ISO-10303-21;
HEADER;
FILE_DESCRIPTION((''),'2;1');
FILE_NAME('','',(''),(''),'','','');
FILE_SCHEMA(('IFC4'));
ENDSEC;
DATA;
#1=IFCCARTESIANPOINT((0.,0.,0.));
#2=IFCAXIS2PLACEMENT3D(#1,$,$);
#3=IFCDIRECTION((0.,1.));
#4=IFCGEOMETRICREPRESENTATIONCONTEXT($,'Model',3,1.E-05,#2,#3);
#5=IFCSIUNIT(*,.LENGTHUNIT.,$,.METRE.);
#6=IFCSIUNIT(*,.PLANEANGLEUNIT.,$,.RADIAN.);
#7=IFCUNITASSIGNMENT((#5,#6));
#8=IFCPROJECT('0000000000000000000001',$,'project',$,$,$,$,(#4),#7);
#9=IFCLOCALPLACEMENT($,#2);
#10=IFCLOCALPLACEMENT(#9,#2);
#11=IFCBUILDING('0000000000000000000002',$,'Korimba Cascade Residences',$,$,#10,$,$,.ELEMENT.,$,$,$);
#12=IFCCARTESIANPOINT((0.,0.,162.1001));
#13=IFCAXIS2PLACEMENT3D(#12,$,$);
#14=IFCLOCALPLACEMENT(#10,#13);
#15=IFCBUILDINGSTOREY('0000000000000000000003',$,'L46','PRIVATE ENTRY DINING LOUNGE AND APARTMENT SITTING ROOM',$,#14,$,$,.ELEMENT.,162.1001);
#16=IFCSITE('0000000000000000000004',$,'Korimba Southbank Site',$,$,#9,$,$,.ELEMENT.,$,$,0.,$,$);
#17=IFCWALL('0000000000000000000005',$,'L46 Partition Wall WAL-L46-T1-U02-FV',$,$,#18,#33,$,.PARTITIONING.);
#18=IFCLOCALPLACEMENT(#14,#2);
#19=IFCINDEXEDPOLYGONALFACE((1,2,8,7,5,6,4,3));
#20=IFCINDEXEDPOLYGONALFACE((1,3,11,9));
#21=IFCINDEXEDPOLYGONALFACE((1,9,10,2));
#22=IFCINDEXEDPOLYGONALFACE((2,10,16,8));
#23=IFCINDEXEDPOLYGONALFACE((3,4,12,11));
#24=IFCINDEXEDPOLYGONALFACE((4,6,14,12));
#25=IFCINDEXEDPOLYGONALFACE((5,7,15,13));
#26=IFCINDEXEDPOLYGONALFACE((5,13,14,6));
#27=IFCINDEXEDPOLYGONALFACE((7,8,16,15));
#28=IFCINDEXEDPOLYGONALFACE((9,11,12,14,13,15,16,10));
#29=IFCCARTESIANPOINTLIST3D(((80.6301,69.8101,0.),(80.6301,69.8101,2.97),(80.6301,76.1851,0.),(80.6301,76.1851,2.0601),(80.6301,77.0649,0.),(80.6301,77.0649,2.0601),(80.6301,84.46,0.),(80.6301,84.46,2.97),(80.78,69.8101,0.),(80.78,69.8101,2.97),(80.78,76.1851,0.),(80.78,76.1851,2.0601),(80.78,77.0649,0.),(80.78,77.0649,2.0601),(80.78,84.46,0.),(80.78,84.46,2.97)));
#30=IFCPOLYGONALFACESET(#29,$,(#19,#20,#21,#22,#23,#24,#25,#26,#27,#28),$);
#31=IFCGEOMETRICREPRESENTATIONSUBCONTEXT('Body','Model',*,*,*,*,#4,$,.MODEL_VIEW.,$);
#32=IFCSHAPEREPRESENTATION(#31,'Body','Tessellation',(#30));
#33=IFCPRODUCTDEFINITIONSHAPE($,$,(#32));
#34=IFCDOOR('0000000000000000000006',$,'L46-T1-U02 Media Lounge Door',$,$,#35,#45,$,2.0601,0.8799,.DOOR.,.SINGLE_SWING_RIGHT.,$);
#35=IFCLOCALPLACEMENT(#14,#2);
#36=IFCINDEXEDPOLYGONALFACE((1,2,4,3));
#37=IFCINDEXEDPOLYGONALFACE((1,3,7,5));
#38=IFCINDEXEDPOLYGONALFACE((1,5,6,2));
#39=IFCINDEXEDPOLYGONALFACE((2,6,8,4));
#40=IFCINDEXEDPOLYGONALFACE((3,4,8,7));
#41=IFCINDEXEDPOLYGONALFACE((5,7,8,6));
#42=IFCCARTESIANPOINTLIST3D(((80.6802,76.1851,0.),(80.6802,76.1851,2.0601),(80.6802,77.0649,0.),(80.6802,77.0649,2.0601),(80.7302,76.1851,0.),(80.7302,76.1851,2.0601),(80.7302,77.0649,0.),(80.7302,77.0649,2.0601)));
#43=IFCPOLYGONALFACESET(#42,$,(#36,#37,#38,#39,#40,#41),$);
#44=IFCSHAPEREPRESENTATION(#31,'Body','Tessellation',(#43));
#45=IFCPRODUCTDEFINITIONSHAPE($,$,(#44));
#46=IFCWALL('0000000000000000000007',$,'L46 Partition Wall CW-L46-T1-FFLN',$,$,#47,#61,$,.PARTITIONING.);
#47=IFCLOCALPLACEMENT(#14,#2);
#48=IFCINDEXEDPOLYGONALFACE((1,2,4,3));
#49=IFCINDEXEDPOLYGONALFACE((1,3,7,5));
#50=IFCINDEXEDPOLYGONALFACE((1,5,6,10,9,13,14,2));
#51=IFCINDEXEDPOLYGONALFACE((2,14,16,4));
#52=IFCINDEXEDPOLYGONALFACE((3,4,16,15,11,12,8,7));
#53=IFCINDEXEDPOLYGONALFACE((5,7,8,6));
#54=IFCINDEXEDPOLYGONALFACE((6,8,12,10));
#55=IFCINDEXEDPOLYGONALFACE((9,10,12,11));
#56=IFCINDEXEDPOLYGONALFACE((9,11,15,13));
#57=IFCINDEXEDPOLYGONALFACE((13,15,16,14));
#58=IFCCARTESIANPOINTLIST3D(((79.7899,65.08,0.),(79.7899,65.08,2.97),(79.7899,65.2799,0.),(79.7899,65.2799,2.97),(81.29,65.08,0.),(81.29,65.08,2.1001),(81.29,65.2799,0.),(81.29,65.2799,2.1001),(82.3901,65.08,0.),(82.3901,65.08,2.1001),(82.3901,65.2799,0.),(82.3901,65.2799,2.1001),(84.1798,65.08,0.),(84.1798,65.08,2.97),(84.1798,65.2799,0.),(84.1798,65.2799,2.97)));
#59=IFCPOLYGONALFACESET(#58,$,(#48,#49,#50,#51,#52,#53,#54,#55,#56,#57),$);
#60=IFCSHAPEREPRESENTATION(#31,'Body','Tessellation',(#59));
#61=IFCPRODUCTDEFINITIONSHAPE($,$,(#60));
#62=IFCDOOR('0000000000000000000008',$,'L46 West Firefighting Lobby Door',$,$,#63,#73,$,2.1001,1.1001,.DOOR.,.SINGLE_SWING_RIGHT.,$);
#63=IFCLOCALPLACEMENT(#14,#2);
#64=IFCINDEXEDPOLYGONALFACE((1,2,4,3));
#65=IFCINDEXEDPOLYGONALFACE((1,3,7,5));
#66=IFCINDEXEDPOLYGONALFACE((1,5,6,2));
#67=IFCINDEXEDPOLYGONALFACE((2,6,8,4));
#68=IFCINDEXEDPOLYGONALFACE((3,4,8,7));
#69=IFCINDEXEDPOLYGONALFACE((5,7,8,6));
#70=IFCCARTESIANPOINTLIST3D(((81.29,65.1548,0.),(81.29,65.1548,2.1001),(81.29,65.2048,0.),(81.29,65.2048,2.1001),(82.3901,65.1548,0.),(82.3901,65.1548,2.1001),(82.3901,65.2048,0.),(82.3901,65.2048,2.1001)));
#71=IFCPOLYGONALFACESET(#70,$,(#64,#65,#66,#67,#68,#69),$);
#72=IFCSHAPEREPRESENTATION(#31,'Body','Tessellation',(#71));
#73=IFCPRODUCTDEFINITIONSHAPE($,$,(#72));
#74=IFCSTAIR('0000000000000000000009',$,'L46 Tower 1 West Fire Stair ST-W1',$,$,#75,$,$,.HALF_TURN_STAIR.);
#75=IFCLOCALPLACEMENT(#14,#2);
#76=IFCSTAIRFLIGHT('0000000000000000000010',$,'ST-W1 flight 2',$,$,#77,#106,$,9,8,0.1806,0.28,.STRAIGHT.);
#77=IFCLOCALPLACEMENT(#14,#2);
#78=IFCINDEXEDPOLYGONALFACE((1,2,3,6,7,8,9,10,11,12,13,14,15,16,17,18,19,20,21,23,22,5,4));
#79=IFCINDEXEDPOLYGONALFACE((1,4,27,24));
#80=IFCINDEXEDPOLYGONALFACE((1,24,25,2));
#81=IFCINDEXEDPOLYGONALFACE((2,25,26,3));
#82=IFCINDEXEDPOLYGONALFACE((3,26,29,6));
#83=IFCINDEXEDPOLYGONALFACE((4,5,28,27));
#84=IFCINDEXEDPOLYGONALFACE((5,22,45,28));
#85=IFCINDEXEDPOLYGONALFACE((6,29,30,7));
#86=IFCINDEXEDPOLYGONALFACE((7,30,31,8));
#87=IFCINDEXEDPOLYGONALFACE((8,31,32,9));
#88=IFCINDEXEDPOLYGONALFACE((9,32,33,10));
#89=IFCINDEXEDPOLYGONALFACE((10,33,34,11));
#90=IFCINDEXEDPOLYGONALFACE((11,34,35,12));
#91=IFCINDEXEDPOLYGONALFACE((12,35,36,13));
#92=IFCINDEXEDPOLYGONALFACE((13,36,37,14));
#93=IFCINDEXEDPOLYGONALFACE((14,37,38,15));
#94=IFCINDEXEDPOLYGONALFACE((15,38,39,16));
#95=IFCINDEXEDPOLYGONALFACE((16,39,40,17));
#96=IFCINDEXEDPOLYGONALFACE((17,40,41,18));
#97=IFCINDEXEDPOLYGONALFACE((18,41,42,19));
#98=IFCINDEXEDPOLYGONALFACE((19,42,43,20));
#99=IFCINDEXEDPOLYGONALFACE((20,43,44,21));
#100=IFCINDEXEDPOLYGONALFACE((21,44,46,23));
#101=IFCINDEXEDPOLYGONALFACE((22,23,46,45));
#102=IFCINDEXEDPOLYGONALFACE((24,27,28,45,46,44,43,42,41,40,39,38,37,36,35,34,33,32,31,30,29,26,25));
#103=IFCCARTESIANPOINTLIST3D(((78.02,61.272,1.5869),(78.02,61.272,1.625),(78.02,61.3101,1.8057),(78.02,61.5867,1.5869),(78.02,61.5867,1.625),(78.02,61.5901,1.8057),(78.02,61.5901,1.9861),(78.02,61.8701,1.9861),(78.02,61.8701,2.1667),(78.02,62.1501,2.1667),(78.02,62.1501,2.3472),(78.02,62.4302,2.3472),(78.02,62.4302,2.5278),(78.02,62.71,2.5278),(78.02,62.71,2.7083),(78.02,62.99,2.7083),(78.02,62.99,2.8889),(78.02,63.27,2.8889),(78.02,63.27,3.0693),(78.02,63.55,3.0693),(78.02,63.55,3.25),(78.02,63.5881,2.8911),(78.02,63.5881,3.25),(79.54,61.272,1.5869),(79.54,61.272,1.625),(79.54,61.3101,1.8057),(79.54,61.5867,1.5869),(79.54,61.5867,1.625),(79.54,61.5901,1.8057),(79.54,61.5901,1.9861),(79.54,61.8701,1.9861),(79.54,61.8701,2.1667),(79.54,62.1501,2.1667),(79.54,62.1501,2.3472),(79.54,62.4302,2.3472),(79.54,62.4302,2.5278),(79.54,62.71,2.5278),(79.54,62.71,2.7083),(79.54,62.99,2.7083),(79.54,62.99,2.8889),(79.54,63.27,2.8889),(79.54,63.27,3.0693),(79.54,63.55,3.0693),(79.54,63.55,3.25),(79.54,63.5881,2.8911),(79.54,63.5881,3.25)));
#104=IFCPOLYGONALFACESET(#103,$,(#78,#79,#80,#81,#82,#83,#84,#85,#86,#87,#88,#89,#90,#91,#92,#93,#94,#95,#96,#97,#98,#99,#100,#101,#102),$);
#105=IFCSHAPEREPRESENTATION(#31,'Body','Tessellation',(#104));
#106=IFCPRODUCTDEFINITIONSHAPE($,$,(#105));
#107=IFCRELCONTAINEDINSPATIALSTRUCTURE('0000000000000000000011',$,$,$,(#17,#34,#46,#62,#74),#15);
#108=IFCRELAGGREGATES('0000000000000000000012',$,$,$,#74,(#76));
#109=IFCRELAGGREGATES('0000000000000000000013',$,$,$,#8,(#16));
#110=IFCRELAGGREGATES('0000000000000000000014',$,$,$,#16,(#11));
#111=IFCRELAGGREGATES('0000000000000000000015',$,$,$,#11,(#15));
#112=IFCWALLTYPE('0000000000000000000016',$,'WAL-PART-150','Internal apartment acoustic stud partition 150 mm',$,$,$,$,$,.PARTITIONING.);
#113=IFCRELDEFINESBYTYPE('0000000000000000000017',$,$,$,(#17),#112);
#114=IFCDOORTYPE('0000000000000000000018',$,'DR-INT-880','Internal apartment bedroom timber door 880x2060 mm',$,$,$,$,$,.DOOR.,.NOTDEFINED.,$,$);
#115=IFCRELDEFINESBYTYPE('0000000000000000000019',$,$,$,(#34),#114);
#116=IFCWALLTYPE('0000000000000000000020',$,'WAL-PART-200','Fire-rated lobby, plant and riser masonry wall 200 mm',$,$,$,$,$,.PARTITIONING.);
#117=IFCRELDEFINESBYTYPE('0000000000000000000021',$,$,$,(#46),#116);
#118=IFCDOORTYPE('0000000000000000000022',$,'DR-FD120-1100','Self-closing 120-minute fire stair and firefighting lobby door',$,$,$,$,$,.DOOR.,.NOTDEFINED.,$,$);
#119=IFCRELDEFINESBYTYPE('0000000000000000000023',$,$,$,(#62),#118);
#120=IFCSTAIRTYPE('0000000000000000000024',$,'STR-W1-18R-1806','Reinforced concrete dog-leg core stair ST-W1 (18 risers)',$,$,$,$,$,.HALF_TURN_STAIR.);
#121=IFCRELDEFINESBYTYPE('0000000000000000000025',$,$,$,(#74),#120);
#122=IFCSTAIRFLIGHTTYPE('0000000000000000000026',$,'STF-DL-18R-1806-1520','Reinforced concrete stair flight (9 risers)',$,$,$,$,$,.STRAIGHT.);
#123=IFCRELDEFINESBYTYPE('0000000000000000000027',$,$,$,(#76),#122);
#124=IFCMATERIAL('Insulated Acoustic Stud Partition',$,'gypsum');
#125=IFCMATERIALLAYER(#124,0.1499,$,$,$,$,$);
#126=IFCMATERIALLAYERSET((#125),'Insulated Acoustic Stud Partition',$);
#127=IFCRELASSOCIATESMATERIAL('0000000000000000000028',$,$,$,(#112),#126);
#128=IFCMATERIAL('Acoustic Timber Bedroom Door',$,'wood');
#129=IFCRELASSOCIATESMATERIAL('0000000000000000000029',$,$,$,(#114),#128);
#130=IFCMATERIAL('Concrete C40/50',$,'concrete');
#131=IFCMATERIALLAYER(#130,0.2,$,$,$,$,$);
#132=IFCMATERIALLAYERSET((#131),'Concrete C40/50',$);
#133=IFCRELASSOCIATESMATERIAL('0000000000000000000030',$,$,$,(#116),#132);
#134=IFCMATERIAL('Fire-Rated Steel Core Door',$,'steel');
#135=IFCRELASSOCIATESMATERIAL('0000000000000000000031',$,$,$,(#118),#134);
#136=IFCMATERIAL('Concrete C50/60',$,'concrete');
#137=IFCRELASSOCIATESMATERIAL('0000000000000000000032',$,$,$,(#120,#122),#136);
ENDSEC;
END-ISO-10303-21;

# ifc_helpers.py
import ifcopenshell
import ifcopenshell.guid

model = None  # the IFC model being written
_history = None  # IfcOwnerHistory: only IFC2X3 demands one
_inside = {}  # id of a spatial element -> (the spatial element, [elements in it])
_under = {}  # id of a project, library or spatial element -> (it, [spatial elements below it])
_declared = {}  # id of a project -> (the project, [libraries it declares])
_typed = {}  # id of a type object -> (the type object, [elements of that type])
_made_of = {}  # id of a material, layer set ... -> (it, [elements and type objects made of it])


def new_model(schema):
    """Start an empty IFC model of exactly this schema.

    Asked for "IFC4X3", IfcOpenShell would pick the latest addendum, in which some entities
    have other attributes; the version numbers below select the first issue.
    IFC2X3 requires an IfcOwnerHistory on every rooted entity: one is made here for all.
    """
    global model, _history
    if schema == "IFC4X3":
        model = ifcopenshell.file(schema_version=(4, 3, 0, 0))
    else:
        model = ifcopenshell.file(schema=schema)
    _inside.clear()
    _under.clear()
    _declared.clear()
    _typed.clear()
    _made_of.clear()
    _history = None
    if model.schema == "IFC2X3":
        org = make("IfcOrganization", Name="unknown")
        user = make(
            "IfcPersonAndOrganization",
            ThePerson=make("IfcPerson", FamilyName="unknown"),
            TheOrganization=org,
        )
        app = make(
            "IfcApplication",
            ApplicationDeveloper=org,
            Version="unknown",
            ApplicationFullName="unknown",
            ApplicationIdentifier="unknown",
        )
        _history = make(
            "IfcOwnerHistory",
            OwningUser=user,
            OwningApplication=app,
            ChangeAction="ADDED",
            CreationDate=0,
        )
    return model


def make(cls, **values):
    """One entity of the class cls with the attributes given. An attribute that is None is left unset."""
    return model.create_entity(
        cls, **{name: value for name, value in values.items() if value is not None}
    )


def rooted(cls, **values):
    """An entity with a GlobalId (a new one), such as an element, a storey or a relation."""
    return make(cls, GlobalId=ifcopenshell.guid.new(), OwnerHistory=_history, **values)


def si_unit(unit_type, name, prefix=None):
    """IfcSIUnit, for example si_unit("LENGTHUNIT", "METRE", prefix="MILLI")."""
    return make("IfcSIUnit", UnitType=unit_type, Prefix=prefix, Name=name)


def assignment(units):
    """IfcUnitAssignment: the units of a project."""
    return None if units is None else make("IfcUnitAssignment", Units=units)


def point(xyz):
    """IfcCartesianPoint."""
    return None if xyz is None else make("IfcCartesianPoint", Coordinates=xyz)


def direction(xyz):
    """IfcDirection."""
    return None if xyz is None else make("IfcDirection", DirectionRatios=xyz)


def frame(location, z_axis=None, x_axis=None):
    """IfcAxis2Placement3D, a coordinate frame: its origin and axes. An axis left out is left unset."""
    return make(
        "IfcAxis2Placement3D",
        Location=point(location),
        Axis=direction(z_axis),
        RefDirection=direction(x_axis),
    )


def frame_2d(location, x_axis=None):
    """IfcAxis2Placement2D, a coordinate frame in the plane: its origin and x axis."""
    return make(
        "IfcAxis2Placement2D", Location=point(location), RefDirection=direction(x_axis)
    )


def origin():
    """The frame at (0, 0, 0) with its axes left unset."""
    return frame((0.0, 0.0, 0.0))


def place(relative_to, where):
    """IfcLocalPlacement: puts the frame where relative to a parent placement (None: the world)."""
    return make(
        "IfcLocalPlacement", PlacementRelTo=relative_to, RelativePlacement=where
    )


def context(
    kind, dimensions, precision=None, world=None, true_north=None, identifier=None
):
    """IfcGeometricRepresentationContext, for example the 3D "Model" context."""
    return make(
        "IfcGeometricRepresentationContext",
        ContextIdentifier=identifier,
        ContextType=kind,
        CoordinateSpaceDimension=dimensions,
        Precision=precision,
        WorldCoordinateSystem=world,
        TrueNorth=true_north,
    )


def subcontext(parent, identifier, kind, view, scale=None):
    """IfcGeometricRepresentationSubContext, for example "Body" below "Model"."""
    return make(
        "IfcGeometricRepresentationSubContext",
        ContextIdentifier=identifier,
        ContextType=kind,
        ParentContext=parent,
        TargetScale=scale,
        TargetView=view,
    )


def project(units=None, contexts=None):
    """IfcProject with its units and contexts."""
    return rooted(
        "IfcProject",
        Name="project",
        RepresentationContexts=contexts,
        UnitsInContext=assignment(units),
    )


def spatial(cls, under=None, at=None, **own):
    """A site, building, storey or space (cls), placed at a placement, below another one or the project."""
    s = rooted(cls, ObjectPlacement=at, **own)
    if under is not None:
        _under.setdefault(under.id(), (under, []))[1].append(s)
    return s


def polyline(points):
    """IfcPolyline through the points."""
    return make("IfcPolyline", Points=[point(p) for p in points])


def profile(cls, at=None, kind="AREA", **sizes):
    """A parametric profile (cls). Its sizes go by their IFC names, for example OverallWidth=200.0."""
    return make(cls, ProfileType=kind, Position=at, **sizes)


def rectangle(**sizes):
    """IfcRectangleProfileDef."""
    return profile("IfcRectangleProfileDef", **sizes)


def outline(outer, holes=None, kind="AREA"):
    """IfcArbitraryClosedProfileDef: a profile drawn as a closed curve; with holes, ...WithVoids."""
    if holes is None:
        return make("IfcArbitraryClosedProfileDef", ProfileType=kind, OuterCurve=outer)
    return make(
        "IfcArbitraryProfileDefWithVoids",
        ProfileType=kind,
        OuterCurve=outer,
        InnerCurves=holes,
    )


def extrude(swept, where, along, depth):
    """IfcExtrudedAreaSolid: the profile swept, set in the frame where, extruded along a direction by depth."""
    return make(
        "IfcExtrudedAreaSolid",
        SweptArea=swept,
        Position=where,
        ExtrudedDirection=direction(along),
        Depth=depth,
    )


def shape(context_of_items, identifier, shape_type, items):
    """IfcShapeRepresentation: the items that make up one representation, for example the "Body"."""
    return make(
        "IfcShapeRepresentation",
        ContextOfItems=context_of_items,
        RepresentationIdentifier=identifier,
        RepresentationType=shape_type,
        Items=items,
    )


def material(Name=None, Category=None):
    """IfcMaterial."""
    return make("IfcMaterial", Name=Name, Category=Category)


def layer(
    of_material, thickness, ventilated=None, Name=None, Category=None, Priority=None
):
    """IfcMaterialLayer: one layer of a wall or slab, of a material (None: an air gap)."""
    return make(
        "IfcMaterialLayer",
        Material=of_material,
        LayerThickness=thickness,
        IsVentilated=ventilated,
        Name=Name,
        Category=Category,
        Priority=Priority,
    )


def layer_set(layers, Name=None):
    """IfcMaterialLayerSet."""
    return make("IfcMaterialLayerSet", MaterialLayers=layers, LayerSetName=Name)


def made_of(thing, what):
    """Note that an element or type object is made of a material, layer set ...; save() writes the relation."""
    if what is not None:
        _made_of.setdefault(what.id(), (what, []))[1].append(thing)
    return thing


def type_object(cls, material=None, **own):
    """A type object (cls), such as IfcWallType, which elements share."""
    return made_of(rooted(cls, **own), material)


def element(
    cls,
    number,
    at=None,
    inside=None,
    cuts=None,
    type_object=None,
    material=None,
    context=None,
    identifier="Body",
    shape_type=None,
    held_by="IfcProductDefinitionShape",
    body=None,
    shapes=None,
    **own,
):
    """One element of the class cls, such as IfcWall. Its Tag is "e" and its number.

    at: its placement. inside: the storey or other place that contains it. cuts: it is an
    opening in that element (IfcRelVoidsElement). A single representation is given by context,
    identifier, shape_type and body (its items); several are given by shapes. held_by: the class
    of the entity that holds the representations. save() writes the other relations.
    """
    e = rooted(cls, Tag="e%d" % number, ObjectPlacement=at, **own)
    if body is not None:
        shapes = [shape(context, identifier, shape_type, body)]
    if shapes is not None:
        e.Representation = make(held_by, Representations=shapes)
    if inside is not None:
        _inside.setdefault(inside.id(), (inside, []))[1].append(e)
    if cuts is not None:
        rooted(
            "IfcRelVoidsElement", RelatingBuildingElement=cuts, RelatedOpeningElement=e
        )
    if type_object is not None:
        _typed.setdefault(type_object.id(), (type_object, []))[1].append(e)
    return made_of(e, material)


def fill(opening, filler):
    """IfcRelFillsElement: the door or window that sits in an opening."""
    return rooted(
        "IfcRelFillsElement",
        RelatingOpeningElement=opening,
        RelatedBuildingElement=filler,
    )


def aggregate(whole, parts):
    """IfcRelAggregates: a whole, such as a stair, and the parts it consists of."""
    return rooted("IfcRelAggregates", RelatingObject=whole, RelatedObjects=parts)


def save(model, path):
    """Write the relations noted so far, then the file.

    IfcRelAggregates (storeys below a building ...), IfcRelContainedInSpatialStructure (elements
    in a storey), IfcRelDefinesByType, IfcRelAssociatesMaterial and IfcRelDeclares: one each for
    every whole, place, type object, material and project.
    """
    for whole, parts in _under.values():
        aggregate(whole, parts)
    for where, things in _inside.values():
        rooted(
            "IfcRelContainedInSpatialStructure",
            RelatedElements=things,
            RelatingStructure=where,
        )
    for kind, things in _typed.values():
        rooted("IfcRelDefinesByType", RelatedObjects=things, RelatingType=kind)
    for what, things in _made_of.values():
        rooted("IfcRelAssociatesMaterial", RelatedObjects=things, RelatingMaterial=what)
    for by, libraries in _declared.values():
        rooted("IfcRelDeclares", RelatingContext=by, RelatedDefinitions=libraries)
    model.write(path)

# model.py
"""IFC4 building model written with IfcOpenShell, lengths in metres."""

from ifc_helpers import new_model, si_unit, direction, frame, frame_2d, origin, place, context, subcontext, project, spatial, polyline, rectangle, outline, extrude, material, layer, layer_set, type_object, element, fill, aggregate, save


model = new_model("IFC4")

# Units and contexts
model_context = context("Model", 3, precision=1e-05, world=origin(), true_north=direction((0.0, 1.0)))
body_context = subcontext(model_context, "Body", "Model", "MODEL_VIEW")
ifc_project = project(units=[si_unit("LENGTHUNIT", "METRE"), si_unit("PLANEANGLEUNIT", "RADIAN")], contexts=[model_context])

# Site, building, storey
site_placement = place(None, origin())
site = spatial("IfcSite", under=ifc_project, at=site_placement, Name="Korimba Southbank Site", CompositionType="ELEMENT", RefElevation=0.0)
building_placement = place(site_placement, origin())
building = spatial("IfcBuilding", under=site, at=building_placement, Name="Korimba Cascade Residences", CompositionType="ELEMENT")
storey_placement = place(building_placement, frame((0.0, 0.0, 162.1001)))
storey = spatial("IfcBuildingStorey", under=building, at=storey_placement, Name="L46", Description="PRIVATE ENTRY DINING LOUNGE AND APARTMENT SITTING ROOM", CompositionType="ELEMENT", Elevation=162.1001)

# Walls, openings, doors
ifc_material_1 = material(Name="Insulated Acoustic Stud Partition", Category="gypsum")
ifc_layer_1 = layer(ifc_material_1, 0.1499)
ifc_layer_set_1 = layer_set([ifc_layer_1], Name="Insulated Acoustic Stud Partition")
wall_type_1 = type_object("IfcWallType", Name="WAL-PART-150", Description="Internal apartment acoustic stud partition 150 mm", PredefinedType="PARTITIONING", material=ifc_layer_set_1)
wall_1_placement = place(storey_placement, frame((80.7051, 69.8101, 0.0), z_axis=(0.0, 0.0, 1.0), x_axis=(0.0, 1.0, 0.0)))
wall_1 = element("IfcWall", 1, at=wall_1_placement, inside=storey, type_object=wall_type_1, Name="L46 Partition Wall WAL-L46-T1-U02-FV", PredefinedType="PARTITIONING", context=body_context, shape_type="SweptSolid", body=[
    extrude(rectangle(XDim=14.6499, YDim=0.1499, at=frame_2d((7.325, 0.0))), origin(), (0.0, 0.0, 1.0), 2.97),
])
opening_1_placement = place(wall_1_placement, frame((6.375, 0.0, 0.0)))
opening_1 = element("IfcOpeningElement", 2, at=opening_1_placement, cuts=wall_1, PredefinedType="OPENING", context=body_context, shape_type="SweptSolid", body=[
    extrude(rectangle(XDim=0.8799, YDim=2.0601, at=frame_2d((0.4399, 1.03))), frame((0.0, 0.085, 0.0), z_axis=(0.0, -1.0, 0.0), x_axis=(1.0, 0.0, 0.0)), (0.0, 0.0, 1.0), 0.1699),
])
ifc_material_2 = material(Name="Acoustic Timber Bedroom Door", Category="wood")
door_type_1 = type_object("IfcDoorType", Name="DR-INT-880", Description="Internal apartment bedroom timber door 880x2060 mm", OperationType="NOTDEFINED", PredefinedType="DOOR", material=ifc_material_2)
door_1_placement = place(opening_1_placement, origin())
door_1 = element("IfcDoor", 3, at=door_1_placement, inside=storey, type_object=door_type_1, Name="L46-T1-U02 Media Lounge Door", OperationType="SINGLE_SWING_RIGHT", OverallHeight=2.0601, OverallWidth=0.8799, PredefinedType="DOOR", context=body_context, shape_type="SweptSolid", body=[
    extrude(rectangle(XDim=0.8799, YDim=2.0601, at=frame_2d((0.4399, 1.03))), frame((0.0, 0.0249, 0.0), z_axis=(0.0, -1.0, 0.0), x_axis=(1.0, 0.0, 0.0)), (0.0, 0.0, 1.0), 0.05),
])
fill(opening_1, door_1)
ifc_material_3 = material(Name="Concrete C40/50", Category="concrete")
ifc_layer_2 = layer(ifc_material_3, 0.2)
ifc_layer_set_2 = layer_set([ifc_layer_2], Name="Concrete C40/50")
wall_type_2 = type_object("IfcWallType", Name="WAL-PART-200", Description="Fire-rated lobby, plant and riser masonry wall 200 mm", PredefinedType="PARTITIONING", material=ifc_layer_set_2)
wall_2_placement = place(storey_placement, frame((79.79, 65.1799, 0.0), z_axis=(0.0, 0.0, 1.0), x_axis=(1.0, 0.0, 0.0)))
wall_2 = element("IfcWall", 4, at=wall_2_placement, inside=storey, type_object=wall_type_2, Name="L46 Partition Wall CW-L46-T1-FFLN", PredefinedType="PARTITIONING", context=body_context, shape_type="SweptSolid", body=[
    extrude(rectangle(XDim=4.3899, YDim=0.2, at=frame_2d((2.1948, 0.0))), origin(), (0.0, 0.0, 1.0), 2.97),
])
opening_2_placement = place(wall_2_placement, frame((1.5, 0.0, 0.0)))
opening_2 = element("IfcOpeningElement", 5, at=opening_2_placement, cuts=wall_2, PredefinedType="OPENING", context=body_context, shape_type="SweptSolid", body=[
    extrude(rectangle(XDim=1.1001, YDim=2.1001, at=frame_2d((0.55, 1.05))), frame((0.0, 0.1099, 0.0), z_axis=(0.0, -1.0, 0.0), x_axis=(1.0, 0.0, 0.0)), (0.0, 0.0, 1.0), 0.22),
])
ifc_material_4 = material(Name="Fire-Rated Steel Core Door", Category="steel")
door_type_2 = type_object("IfcDoorType", Name="DR-FD120-1100", Description="Self-closing 120-minute fire stair and firefighting lobby door", OperationType="NOTDEFINED", PredefinedType="DOOR", material=ifc_material_4)
door_2_placement = place(opening_2_placement, origin())
door_2 = element("IfcDoor", 6, at=door_2_placement, inside=storey, type_object=door_type_2, Name="L46 West Firefighting Lobby Door", OperationType="SINGLE_SWING_RIGHT", OverallHeight=2.1001, OverallWidth=1.1001, PredefinedType="DOOR", context=body_context, shape_type="SweptSolid", body=[
    extrude(rectangle(XDim=1.1001, YDim=2.1001, at=frame_2d((0.55, 1.05))), frame((0.0, 0.0249, 0.0), z_axis=(0.0, -1.0, 0.0), x_axis=(1.0, 0.0, 0.0)), (0.0, 0.0, 1.0), 0.05),
])
fill(opening_2, door_2)

# Stair, stair flight
ifc_material_5 = material(Name="Concrete C50/60", Category="concrete")
stair_type = type_object("IfcStairType", Name="STR-W1-18R-1806", Description="Reinforced concrete dog-leg core stair ST-W1 (18 risers)", PredefinedType="HALF_TURN_STAIR", material=ifc_material_5)
stair_placement = place(storey_placement, origin())
stair = element("IfcStair", 7, at=stair_placement, inside=storey, type_object=stair_type, Name="L46 Tower 1 West Fire Stair ST-W1", PredefinedType="HALF_TURN_STAIR")
stair_flight_type = type_object("IfcStairFlightType", Name="STF-DL-18R-1806-1520", Description="Reinforced concrete stair flight (9 risers)", PredefinedType="STRAIGHT", material=ifc_material_5)
stair_flight_placement = place(storey_placement, frame((78.78, 61.3101, 1.625), z_axis=(0.0, 0.0, 1.0), x_axis=(0.0, 1.0, 0.0)))
stair_flight = element("IfcStairFlight", 8, at=stair_flight_placement, type_object=stair_flight_type, Name="ST-W1 flight 2", NumberOfRisers=9, NumberOfTreads=8, PredefinedType="STRAIGHT", RiserHeight=0.1806, TreadLength=0.28, context=body_context, shape_type="SweptSolid", body=[
    extrude(outline(polyline([(-0.0381, 0.0), (0.0, 0.1807), (0.28, 0.1807), (0.28, 0.3611), (0.5601, 0.3611), (0.5601, 0.5417), (0.8401, 0.5417), (0.8401, 0.7222), (1.1201, 0.7222), (1.1201, 0.9028), (1.3999, 0.9028), (1.3999, 1.0833), (1.6799, 1.0833), (1.6799, 1.2639), (1.96, 1.2639), (1.96, 1.4443), (2.24, 1.4443), (2.24, 1.625), (2.2781, 1.625), (2.2781, 1.2661), (0.2766, 0.0), (0.2766, -0.0381), (-0.0381, -0.0381), (-0.0381, 0.0)])), frame((0.0, 0.76, 0.0), z_axis=(0.0, -1.0, 0.0), x_axis=(1.0, 0.0, 0.0)), (0.0, 0.0, 1.0), 1.52),
])
aggregate(stair, [stair_flight])

save(model, "model.ifc")
